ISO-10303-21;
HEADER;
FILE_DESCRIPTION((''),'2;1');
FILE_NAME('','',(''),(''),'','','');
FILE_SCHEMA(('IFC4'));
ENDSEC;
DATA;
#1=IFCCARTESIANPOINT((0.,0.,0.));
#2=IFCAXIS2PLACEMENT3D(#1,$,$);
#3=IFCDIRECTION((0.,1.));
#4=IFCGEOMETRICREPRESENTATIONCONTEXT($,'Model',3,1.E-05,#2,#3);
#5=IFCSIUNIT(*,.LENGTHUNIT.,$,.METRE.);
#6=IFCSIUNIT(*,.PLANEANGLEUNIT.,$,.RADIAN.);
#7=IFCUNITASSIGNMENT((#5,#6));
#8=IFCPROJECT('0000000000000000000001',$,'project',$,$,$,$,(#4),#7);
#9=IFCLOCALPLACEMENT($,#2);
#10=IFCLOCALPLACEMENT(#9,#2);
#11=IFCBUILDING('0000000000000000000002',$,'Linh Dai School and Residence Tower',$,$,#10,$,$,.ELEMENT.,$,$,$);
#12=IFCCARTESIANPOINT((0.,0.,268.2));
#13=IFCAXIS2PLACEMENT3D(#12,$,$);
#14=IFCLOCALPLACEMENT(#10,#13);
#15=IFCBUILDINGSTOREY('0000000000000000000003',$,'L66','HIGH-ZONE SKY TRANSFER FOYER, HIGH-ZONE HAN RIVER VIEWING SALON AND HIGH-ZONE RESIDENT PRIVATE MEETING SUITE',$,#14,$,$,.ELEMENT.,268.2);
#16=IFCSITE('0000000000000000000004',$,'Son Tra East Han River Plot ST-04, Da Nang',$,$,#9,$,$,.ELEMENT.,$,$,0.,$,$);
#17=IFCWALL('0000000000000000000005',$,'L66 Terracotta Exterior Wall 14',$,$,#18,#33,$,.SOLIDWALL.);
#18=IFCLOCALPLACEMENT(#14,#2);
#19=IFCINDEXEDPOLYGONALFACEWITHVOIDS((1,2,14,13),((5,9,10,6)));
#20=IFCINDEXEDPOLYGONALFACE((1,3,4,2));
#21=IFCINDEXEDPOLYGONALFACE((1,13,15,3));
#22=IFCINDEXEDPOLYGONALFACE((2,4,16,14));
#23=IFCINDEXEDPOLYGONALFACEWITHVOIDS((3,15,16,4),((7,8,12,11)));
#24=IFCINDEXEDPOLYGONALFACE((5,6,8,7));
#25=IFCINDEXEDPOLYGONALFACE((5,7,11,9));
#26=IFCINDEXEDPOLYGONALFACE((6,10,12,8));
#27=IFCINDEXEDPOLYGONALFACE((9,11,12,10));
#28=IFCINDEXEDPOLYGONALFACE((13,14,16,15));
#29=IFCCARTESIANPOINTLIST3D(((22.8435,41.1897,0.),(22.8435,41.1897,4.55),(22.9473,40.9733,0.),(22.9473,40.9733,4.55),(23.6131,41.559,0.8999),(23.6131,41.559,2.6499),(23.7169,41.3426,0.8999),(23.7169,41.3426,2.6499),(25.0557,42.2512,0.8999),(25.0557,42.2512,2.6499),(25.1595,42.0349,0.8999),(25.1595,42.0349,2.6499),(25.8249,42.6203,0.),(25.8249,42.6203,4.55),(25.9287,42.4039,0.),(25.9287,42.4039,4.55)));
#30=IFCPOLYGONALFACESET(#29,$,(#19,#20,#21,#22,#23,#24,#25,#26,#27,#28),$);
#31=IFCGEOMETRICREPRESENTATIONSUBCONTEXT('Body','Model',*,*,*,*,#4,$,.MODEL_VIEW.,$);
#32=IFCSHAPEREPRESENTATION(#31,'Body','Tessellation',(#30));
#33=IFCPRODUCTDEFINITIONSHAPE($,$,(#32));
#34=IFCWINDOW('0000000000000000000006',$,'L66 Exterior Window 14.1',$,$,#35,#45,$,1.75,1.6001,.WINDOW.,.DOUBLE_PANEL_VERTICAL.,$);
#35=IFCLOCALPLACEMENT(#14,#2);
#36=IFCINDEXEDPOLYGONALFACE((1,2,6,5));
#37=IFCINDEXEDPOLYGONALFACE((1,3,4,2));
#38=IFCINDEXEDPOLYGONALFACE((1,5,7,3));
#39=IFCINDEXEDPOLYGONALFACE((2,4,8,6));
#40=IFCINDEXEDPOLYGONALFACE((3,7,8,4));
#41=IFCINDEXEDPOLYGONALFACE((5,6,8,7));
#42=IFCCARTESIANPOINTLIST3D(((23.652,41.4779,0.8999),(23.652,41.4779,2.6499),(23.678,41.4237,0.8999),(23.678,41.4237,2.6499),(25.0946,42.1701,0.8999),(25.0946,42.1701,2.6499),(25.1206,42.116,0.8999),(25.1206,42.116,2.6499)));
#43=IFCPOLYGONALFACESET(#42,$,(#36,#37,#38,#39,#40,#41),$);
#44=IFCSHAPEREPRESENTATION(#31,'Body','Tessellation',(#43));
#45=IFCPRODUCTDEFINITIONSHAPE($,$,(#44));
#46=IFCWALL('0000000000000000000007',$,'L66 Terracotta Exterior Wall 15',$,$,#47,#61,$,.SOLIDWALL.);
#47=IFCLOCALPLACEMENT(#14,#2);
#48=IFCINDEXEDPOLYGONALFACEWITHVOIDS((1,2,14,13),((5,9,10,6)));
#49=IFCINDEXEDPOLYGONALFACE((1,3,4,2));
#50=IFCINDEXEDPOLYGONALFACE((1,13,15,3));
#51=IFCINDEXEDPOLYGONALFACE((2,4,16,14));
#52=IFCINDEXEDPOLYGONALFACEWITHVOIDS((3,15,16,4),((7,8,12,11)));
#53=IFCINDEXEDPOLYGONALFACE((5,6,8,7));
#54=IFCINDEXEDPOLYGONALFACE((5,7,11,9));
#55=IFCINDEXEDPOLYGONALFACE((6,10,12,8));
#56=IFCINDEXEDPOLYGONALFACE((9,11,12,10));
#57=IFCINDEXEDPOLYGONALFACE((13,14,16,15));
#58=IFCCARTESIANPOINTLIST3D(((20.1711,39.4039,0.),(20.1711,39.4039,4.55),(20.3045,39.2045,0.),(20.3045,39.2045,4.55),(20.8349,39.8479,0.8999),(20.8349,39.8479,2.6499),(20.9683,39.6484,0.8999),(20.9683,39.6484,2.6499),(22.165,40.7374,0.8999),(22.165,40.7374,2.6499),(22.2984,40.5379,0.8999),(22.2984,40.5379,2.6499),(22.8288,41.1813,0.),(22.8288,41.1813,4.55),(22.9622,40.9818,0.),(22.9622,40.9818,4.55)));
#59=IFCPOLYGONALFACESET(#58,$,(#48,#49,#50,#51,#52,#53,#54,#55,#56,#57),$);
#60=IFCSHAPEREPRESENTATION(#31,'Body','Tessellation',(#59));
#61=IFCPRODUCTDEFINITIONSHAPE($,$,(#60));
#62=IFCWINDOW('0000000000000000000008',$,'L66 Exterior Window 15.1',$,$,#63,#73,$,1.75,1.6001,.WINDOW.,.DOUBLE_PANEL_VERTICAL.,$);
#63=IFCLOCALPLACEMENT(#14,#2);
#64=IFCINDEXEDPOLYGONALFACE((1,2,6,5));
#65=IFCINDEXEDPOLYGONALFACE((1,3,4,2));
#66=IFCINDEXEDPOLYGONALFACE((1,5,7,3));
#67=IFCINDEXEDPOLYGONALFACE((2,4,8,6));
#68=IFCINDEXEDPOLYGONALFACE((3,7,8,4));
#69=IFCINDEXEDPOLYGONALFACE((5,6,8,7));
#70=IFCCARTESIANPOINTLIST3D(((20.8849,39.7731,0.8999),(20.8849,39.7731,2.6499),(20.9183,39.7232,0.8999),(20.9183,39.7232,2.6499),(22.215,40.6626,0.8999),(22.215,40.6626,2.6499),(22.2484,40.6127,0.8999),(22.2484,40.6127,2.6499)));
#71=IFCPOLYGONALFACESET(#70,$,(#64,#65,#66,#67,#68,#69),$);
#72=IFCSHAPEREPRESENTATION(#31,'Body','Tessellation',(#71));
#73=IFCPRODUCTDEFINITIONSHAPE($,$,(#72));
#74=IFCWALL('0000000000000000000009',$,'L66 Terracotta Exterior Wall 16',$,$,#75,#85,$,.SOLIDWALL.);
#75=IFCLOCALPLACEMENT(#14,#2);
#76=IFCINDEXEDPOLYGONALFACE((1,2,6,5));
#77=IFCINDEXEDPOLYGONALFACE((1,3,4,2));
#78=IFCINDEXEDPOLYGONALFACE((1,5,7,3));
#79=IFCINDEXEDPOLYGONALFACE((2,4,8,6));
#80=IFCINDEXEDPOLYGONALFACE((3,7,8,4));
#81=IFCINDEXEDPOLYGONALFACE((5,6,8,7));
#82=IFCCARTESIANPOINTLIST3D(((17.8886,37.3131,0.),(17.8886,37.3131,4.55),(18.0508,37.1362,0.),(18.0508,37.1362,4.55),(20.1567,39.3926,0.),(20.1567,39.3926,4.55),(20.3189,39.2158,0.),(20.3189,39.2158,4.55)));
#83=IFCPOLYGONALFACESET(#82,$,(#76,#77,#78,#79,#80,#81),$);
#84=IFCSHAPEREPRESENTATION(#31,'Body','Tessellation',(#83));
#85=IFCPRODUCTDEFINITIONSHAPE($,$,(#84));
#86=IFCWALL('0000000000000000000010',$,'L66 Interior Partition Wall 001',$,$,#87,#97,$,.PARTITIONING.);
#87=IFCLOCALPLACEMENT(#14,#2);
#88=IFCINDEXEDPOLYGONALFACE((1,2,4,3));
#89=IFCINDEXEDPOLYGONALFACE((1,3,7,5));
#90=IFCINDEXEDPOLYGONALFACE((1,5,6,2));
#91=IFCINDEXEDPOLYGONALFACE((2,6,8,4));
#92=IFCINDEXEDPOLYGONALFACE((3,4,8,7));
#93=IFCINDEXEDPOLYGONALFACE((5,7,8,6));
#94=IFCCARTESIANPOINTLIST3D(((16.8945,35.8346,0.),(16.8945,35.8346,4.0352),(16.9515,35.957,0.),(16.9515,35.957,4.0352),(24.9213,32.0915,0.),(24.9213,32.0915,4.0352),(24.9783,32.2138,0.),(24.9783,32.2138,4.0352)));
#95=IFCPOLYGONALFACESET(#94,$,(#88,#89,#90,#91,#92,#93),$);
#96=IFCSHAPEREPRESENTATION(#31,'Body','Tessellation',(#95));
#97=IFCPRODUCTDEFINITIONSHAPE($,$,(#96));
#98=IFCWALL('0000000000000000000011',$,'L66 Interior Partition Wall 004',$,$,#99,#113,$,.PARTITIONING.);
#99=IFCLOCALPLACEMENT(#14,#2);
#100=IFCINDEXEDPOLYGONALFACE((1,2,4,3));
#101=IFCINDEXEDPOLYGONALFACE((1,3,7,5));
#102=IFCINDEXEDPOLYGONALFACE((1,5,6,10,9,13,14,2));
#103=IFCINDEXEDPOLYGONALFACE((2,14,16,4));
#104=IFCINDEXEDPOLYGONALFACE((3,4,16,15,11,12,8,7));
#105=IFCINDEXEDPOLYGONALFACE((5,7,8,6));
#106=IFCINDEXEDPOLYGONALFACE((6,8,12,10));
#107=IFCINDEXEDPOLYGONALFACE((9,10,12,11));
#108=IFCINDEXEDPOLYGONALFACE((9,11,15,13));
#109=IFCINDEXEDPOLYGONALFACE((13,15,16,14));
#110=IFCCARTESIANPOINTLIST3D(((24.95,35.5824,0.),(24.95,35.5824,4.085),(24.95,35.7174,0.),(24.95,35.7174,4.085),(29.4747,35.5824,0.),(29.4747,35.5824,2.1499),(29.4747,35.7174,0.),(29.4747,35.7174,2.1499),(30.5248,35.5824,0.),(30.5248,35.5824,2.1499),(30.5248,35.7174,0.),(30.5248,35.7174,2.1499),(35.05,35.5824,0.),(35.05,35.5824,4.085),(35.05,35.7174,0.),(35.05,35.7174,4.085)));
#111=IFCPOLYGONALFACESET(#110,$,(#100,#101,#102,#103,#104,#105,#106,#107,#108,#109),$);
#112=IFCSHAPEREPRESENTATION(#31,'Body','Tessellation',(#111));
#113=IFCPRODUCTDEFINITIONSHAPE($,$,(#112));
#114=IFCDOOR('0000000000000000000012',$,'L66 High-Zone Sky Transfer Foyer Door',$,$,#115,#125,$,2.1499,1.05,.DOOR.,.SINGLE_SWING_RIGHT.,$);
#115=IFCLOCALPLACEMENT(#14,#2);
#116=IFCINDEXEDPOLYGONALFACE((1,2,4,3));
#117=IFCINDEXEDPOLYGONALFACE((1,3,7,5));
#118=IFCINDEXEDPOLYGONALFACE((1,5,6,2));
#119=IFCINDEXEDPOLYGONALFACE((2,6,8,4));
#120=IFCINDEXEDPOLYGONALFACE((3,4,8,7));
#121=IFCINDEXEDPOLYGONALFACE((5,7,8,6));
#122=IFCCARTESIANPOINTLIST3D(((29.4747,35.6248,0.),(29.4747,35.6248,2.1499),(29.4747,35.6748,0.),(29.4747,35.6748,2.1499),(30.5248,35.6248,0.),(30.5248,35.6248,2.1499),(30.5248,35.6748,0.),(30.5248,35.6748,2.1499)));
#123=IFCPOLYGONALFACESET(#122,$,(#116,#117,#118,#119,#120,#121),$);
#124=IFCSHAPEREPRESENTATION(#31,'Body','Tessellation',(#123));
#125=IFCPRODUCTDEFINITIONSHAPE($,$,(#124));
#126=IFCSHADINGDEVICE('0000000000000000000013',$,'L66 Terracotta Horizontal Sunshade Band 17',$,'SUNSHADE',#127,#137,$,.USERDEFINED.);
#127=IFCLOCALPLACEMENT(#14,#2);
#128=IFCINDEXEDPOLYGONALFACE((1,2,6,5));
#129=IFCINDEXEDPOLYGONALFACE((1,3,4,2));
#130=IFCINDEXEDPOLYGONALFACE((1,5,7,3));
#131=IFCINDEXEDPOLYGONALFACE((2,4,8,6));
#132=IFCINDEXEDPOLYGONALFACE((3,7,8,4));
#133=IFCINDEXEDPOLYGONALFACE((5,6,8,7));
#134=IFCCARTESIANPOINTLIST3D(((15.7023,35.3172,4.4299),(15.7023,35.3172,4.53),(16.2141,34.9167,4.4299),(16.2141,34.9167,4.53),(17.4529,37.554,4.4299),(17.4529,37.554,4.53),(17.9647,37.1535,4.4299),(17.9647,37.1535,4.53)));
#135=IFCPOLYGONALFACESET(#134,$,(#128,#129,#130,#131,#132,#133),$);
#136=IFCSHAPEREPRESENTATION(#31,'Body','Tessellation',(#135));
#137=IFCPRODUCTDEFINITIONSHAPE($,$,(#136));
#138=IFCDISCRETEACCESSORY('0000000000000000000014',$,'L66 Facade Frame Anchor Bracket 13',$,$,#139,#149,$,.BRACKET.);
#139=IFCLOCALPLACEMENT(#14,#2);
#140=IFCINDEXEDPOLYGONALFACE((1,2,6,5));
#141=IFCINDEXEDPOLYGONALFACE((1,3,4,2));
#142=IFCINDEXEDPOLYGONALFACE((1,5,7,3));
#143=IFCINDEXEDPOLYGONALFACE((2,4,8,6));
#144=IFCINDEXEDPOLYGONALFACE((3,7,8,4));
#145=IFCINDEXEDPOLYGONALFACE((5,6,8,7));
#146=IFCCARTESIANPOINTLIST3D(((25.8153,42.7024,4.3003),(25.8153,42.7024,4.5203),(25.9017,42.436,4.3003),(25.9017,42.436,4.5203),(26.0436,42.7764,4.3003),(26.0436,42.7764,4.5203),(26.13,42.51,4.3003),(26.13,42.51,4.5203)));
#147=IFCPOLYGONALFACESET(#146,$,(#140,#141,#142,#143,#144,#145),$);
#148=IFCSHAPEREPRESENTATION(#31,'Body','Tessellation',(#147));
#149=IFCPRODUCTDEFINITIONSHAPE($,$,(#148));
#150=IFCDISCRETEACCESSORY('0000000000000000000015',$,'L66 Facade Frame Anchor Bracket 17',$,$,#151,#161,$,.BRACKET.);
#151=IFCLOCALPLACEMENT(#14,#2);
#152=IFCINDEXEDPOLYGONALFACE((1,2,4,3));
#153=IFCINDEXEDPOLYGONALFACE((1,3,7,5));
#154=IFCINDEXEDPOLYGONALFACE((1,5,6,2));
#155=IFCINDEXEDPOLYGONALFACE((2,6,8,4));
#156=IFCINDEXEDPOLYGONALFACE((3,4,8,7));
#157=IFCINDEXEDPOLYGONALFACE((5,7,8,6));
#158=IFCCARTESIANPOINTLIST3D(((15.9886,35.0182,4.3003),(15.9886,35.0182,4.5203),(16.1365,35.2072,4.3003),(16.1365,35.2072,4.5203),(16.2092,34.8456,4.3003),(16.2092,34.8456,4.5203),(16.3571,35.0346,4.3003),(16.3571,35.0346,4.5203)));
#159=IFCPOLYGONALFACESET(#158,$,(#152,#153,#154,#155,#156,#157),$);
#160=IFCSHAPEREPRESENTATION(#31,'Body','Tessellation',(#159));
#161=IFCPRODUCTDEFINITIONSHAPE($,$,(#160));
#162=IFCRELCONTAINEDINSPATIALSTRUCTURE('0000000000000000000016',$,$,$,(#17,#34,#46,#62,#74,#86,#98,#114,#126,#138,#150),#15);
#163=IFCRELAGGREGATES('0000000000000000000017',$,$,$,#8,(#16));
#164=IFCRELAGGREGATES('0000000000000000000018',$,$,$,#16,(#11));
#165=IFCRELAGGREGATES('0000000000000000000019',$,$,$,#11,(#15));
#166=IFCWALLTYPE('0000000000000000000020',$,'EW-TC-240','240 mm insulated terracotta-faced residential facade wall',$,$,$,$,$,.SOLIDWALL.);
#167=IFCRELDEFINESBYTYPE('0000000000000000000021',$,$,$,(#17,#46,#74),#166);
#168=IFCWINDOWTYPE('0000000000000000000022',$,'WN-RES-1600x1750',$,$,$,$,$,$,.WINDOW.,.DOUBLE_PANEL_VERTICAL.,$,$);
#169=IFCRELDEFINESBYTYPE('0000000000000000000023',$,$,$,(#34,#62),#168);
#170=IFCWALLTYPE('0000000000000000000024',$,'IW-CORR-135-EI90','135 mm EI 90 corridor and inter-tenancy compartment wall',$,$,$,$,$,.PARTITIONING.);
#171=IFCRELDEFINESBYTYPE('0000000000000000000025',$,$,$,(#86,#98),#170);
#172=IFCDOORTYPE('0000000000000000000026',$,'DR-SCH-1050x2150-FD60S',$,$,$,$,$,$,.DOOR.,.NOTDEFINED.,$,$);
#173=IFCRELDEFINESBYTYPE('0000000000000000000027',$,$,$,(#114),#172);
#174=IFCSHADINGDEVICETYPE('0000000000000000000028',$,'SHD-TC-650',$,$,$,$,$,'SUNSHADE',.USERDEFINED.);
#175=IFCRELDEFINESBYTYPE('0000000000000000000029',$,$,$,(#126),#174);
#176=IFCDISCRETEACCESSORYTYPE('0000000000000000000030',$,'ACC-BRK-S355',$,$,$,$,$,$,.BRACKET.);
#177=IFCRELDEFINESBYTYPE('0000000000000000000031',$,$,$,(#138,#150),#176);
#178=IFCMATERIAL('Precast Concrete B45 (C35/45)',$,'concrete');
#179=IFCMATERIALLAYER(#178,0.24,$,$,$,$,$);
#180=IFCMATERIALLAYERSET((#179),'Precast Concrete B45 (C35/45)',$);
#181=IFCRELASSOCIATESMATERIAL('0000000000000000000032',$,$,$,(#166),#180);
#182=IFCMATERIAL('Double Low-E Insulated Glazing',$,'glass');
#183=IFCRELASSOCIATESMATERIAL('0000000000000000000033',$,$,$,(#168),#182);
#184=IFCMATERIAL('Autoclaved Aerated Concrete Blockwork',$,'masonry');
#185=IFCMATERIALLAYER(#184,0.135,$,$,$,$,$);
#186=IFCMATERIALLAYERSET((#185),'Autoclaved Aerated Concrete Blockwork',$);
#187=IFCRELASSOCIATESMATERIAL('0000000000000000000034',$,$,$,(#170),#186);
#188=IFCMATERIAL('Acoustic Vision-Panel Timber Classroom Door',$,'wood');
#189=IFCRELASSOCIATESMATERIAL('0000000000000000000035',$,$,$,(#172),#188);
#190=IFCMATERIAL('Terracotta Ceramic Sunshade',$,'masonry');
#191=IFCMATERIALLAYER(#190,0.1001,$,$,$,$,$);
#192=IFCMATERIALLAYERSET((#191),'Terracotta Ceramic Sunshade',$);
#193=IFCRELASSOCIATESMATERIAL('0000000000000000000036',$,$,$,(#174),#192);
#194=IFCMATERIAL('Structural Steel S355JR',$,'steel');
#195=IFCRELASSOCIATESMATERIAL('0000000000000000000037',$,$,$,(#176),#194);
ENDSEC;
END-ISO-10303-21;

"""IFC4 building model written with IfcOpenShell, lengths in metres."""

from ifc_helpers import new_model, si_unit, direction, frame, frame_2d, origin, origin_2d, place, context, subcontext, project, spatial, rectangle, extrude, source, transform, mapped, material, layer, layer_set, type_object, element, fill, save


model = new_model("IFC4")

# Units and contexts
model_context = context("Model", 3, precision=1e-05, world=origin(), true_north=direction((0.0, 1.0)))
body_context = subcontext(model_context, "Body", "Model", "MODEL_VIEW")
ifc_project = project(units=[si_unit("LENGTHUNIT", "METRE"), si_unit("PLANEANGLEUNIT", "RADIAN")], contexts=[model_context])

# Site, building, storey
site_placement = place(None, origin())
site = spatial("IfcSite", under=ifc_project, at=site_placement, Name="Son Tra East Han River Plot ST-04, Da Nang", CompositionType="ELEMENT", RefElevation=0.0)
building_placement = place(site_placement, origin())
building = spatial("IfcBuilding", under=site, at=building_placement, Name="Linh Dai School and Residence Tower", CompositionType="ELEMENT")
storey_placement = place(building_placement, frame((0.0, 0.0, 268.2)))
storey = spatial("IfcBuildingStorey", under=building, at=storey_placement, Name="L66", Description="HIGH-ZONE SKY TRANSFER FOYER, HIGH-ZONE HAN RIVER VIEWING SALON AND HIGH-ZONE RESIDENT PRIVATE MEETING SUITE", CompositionType="ELEMENT", Elevation=268.2)

# Shared definitions
ifc_material_1 = material(Name="Structural Steel S355JR", Category="steel")

# Shared definitions
ifc_material_2 = material(Name="Precast Concrete B45 (C35/45)", Category="concrete")

# Shared definitions
ifc_material_3 = material(Name="Double Low-E Insulated Glazing", Category="glass")

# Walls, openings, windows
ifc_layer_1 = layer(ifc_material_2, 0.24)
ifc_layer_set_1 = layer_set([ifc_layer_1], Name="Precast Concrete B45 (C35/45)")
wall_type_1 = type_object("IfcWallType", Name="EW-TC-240", Description="240 mm insulated terracotta-faced residential facade wall", PredefinedType="SOLIDWALL", material=ifc_layer_set_1)
wall_1_placement = place(storey_placement, frame((22.8955, 41.0815, 0.0), z_axis=(0.0, 0.0, 1.0), x_axis=(0.901574, 0.432625, 0.0)))
wall_1 = element("IfcWall", 1, at=wall_1_placement, inside=storey, type_object=wall_type_1, Name="L66 Terracotta Exterior Wall 14", PredefinedType="SOLIDWALL", context=body_context, shape_type="SweptSolid", body=[
    extrude(rectangle(XDim=3.3069, YDim=0.24, at=frame_2d((1.6533, 0.0))), origin(), (0.0, 0.0, 1.0), 4.55),
])
opening_1_placement = place(wall_1_placement, frame((0.8535, 0.0, 0.8999)))
opening_1 = element("IfcOpeningElement", 2, at=opening_1_placement, cuts=wall_1, PredefinedType="OPENING", context=body_context, shape_type="SweptSolid", body=[
    extrude(rectangle(XDim=1.6001, YDim=1.75, at=origin_2d()), frame((0.8, 0.1299, 0.875), z_axis=(0.0, -1.0, 0.0), x_axis=(1.0, 0.0, 0.0)), (0.0, 0.0, 1.0), 0.26),
])
window_type = type_object("IfcWindowType", Name="WN-RES-1600x1750", PartitioningType="DOUBLE_PANEL_VERTICAL", PredefinedType="WINDOW", material=ifc_material_3)
shared_shape_1 = source(origin(), body_context, "Body", "SweptSolid", [
    extrude(rectangle(XDim=1.6001, YDim=1.75, at=origin_2d()), frame((0.8, 0.03, 0.875), z_axis=(0.0, -1.0, 0.0), x_axis=(1.0, 0.0, 0.0)), (0.0, 0.0, 1.0), 0.0601),
])
window_1_placement = place(opening_1_placement, origin())
window_1 = element("IfcWindow", 3, at=window_1_placement, inside=storey, type_object=window_type, Name="L66 Exterior Window 14.1", OverallHeight=1.75, OverallWidth=1.6001, PartitioningType="DOUBLE_PANEL_VERTICAL", PredefinedType="WINDOW", context=body_context, shape_type="MappedRepresentation", body=[
    mapped(shared_shape_1, transform((0.0, 0.0, 0.0), x_axis=(1.0, 0.0, 0.0), y_axis=(0.0, 1.0, 0.0), z_axis=(0.0, 0.0, 1.0), scale=1.0)),
])
fill(opening_1, window_1)
wall_2_placement = place(storey_placement, frame((20.2378, 39.3042, 0.0), z_axis=(0.0, 0.0, 1.0), x_axis=(0.831251, 0.555898, 0.0)))
wall_2 = element("IfcWall", 4, at=wall_2_placement, inside=storey, type_object=wall_type_1, Name="L66 Terracotta Exterior Wall 15", PredefinedType="SOLIDWALL", context=body_context, shape_type="SweptSolid", body=[
    extrude(rectangle(XDim=3.1973, YDim=0.24, at=frame_2d((1.5986, 0.0))), origin(), (0.0, 0.0, 1.0), 4.55),
])
opening_2_placement = place(wall_2_placement, frame((0.7986, 0.0, 0.8999)))
opening_2 = element("IfcOpeningElement", 5, at=opening_2_placement, cuts=wall_2, PredefinedType="OPENING", context=body_context, shape_type="SweptSolid", body=[
    extrude(rectangle(XDim=1.6001, YDim=1.75, at=origin_2d()), frame((0.8, 0.1299, 0.875), z_axis=(0.0, -1.0, 0.0), x_axis=(1.0, 0.0, 0.0)), (0.0, 0.0, 1.0), 0.26),
])
window_2_placement = place(opening_2_placement, origin())
window_2 = element("IfcWindow", 6, at=window_2_placement, inside=storey, type_object=window_type, Name="L66 Exterior Window 15.1", OverallHeight=1.75, OverallWidth=1.6001, PartitioningType="DOUBLE_PANEL_VERTICAL", PredefinedType="WINDOW", context=body_context, shape_type="MappedRepresentation", body=[
    mapped(shared_shape_1, transform((0.0, 0.0, 0.0), x_axis=(1.0, 0.0, 0.0), y_axis=(0.0, 1.0, 0.0), z_axis=(0.0, 0.0, 1.0), scale=1.0)),
])
fill(opening_2, window_2)

# Walls
wall_3_placement = place(storey_placement, frame((17.9697, 37.2246, 0.0), z_axis=(0.0, 0.0, 1.0), x_axis=(0.737069, 0.675818, 0.0)))
element("IfcWall", 7, at=wall_3_placement, inside=storey, type_object=wall_type_1, Name="L66 Terracotta Exterior Wall 16", PredefinedType="SOLIDWALL", context=body_context, shape_type="SweptSolid", body=[
    extrude(rectangle(XDim=3.0771, YDim=0.24, at=frame_2d((1.5386, 0.0))), origin(), (0.0, 0.0, 1.0), 4.55),
])
ifc_material_4 = material(Name="Autoclaved Aerated Concrete Blockwork", Category="masonry")
ifc_layer_2 = layer(ifc_material_4, 0.135)
ifc_layer_set_2 = layer_set([ifc_layer_2], Name="Autoclaved Aerated Concrete Blockwork")
wall_type_2 = type_object("IfcWallType", Name="IW-CORR-135-EI90", Description="135 mm EI 90 corridor and inter-tenancy compartment wall", PredefinedType="PARTITIONING", material=ifc_layer_set_2)
wall_4_placement = place(storey_placement, frame((16.9231, 35.8958, 0.0), z_axis=(0.0, 0.0, 1.0), x_axis=(0.9063, -0.422635, 0.0)))
element("IfcWall", 8, at=wall_4_placement, inside=storey, type_object=wall_type_2, Name="L66 Interior Partition Wall 001", PredefinedType="PARTITIONING", context=body_context, shape_type="SweptSolid", body=[
    extrude(rectangle(XDim=8.8567, YDim=0.135, at=frame_2d((4.4282, 0.0))), origin(), (0.0, 0.0, 1.0), 4.0352),
])

# Wall, opening, door
wall_5_placement = place(storey_placement, frame((24.95, 35.6499, 0.0), z_axis=(0.0, 0.0, 1.0), x_axis=(1.0, 0.0, 0.0)))
wall_5 = element("IfcWall", 9, at=wall_5_placement, inside=storey, type_object=wall_type_2, Name="L66 Interior Partition Wall 004", PredefinedType="PARTITIONING", context=body_context, shape_type="SweptSolid", body=[
    extrude(rectangle(XDim=10.1001, YDim=0.135, at=frame_2d((5.05, 0.0))), origin(), (0.0, 0.0, 1.0), 4.085),
])
opening_3_placement = place(wall_5_placement, frame((4.5249, 0.0, 0.0)))
opening_3 = element("IfcOpeningElement", 10, at=opening_3_placement, cuts=wall_5, PredefinedType="OPENING", context=body_context, shape_type="SweptSolid", body=[
    extrude(rectangle(XDim=1.05, YDim=2.1499, at=origin_2d()), frame((0.5249, 0.0776, 1.075), z_axis=(0.0, -1.0, 0.0), x_axis=(1.0, 0.0, 0.0)), (0.0, 0.0, 1.0), 0.155),
])
ifc_material_5 = material(Name="Acoustic Vision-Panel Timber Classroom Door", Category="wood")
door_type = type_object("IfcDoorType", Name="DR-SCH-1050x2150-FD60S", OperationType="NOTDEFINED", PredefinedType="DOOR", material=ifc_material_5)
shared_shape_2 = source(origin(), body_context, "Body", "SweptSolid", [
    extrude(rectangle(XDim=1.05, YDim=2.1499, at=origin_2d()), frame((0.5249, 0.0249, 1.075), z_axis=(0.0, -1.0, 0.0), x_axis=(1.0, 0.0, 0.0)), (0.0, 0.0, 1.0), 0.05),
])
door_placement = place(opening_3_placement, origin())
door = element("IfcDoor", 11, at=door_placement, inside=storey, type_object=door_type, Name="L66 High-Zone Sky Transfer Foyer Door", OperationType="SINGLE_SWING_RIGHT", OverallHeight=2.1499, OverallWidth=1.05, PredefinedType="DOOR", context=body_context, shape_type="MappedRepresentation", body=[
    mapped(shared_shape_2, transform((0.0, 0.0, 0.0), x_axis=(1.0, 0.0, 0.0), y_axis=(0.0, 1.0, 0.0), z_axis=(0.0, 0.0, 1.0), scale=1.0)),
])
fill(opening_3, door)

# Shading device
ifc_material_6 = material(Name="Terracotta Ceramic Sunshade", Category="masonry")
ifc_layer_3 = layer(ifc_material_6, 0.1001)
ifc_layer_set_3 = layer_set([ifc_layer_3], Name="Terracotta Ceramic Sunshade")
shading_device_type = type_object("IfcShadingDeviceType", Name="SHD-TC-650", ElementType="SUNSHADE", PredefinedType="USERDEFINED", material=ifc_layer_set_3)
shared_shape_3 = source(origin(), body_context, "Body", "SweptSolid", [
    extrude(rectangle(XDim=2.8403, YDim=0.6499, at=origin_2d()), origin(), (0.0, 0.0, 1.0), 0.1001),
])
shading_device_placement = place(storey_placement, frame((16.8335, 36.2354, 4.4299), z_axis=(0.0, 0.0, 1.0), x_axis=(0.616311, 0.787503, 0.0)))
element("IfcShadingDevice", 12, at=shading_device_placement, inside=storey, type_object=shading_device_type, Name="L66 Terracotta Horizontal Sunshade Band 17", ObjectType="SUNSHADE", PredefinedType="USERDEFINED", context=body_context, shape_type="MappedRepresentation", body=[
    mapped(shared_shape_3, transform((0.0, 0.0, 0.0), x_axis=(1.0, 0.0, 0.0), y_axis=(0.0, 1.0, 0.0), z_axis=(0.0, 0.0, 1.0), scale=1.0)),
])

# Discrete accessories
discrete_accessory_type = type_object("IfcDiscreteAccessoryType", Name="ACC-BRK-S355", PredefinedType="BRACKET", material=ifc_material_1)
shared_shape_4 = source(origin(), body_context, "Body", "SweptSolid", [
    extrude(rectangle(XDim=0.28, YDim=0.24, at=origin_2d()), origin(), (0.0, 0.0, 1.0), 0.22),
])
for number, where, z_axis, x_axis, name in (
    (13, (25.9727, 42.6062, 4.3003), (0.0, 0.0, 1.0), (-0.308519, 0.951218, 0.0), "L66 Facade Frame Anchor Bracket 13"),
    (14, (16.1729, 35.0264, 4.3003), (0.0, 0.0, 1.0), (-0.787503, 0.616311, 0.0), "L66 Facade Frame Anchor Bracket 17"),
):
    element("IfcDiscreteAccessory", number, at=place(storey_placement, frame(where, z_axis=z_axis, x_axis=x_axis)), inside=storey, type_object=discrete_accessory_type, Name=name, PredefinedType="BRACKET", context=body_context, shape_type="MappedRepresentation", body=[
        mapped(shared_shape_4, transform((0.0, 0.0, 0.0), x_axis=(1.0, 0.0, 0.0), y_axis=(0.0, 1.0, 0.0), z_axis=(0.0, 0.0, 1.0), scale=1.0)),
    ])

save(model, "model.ifc")
